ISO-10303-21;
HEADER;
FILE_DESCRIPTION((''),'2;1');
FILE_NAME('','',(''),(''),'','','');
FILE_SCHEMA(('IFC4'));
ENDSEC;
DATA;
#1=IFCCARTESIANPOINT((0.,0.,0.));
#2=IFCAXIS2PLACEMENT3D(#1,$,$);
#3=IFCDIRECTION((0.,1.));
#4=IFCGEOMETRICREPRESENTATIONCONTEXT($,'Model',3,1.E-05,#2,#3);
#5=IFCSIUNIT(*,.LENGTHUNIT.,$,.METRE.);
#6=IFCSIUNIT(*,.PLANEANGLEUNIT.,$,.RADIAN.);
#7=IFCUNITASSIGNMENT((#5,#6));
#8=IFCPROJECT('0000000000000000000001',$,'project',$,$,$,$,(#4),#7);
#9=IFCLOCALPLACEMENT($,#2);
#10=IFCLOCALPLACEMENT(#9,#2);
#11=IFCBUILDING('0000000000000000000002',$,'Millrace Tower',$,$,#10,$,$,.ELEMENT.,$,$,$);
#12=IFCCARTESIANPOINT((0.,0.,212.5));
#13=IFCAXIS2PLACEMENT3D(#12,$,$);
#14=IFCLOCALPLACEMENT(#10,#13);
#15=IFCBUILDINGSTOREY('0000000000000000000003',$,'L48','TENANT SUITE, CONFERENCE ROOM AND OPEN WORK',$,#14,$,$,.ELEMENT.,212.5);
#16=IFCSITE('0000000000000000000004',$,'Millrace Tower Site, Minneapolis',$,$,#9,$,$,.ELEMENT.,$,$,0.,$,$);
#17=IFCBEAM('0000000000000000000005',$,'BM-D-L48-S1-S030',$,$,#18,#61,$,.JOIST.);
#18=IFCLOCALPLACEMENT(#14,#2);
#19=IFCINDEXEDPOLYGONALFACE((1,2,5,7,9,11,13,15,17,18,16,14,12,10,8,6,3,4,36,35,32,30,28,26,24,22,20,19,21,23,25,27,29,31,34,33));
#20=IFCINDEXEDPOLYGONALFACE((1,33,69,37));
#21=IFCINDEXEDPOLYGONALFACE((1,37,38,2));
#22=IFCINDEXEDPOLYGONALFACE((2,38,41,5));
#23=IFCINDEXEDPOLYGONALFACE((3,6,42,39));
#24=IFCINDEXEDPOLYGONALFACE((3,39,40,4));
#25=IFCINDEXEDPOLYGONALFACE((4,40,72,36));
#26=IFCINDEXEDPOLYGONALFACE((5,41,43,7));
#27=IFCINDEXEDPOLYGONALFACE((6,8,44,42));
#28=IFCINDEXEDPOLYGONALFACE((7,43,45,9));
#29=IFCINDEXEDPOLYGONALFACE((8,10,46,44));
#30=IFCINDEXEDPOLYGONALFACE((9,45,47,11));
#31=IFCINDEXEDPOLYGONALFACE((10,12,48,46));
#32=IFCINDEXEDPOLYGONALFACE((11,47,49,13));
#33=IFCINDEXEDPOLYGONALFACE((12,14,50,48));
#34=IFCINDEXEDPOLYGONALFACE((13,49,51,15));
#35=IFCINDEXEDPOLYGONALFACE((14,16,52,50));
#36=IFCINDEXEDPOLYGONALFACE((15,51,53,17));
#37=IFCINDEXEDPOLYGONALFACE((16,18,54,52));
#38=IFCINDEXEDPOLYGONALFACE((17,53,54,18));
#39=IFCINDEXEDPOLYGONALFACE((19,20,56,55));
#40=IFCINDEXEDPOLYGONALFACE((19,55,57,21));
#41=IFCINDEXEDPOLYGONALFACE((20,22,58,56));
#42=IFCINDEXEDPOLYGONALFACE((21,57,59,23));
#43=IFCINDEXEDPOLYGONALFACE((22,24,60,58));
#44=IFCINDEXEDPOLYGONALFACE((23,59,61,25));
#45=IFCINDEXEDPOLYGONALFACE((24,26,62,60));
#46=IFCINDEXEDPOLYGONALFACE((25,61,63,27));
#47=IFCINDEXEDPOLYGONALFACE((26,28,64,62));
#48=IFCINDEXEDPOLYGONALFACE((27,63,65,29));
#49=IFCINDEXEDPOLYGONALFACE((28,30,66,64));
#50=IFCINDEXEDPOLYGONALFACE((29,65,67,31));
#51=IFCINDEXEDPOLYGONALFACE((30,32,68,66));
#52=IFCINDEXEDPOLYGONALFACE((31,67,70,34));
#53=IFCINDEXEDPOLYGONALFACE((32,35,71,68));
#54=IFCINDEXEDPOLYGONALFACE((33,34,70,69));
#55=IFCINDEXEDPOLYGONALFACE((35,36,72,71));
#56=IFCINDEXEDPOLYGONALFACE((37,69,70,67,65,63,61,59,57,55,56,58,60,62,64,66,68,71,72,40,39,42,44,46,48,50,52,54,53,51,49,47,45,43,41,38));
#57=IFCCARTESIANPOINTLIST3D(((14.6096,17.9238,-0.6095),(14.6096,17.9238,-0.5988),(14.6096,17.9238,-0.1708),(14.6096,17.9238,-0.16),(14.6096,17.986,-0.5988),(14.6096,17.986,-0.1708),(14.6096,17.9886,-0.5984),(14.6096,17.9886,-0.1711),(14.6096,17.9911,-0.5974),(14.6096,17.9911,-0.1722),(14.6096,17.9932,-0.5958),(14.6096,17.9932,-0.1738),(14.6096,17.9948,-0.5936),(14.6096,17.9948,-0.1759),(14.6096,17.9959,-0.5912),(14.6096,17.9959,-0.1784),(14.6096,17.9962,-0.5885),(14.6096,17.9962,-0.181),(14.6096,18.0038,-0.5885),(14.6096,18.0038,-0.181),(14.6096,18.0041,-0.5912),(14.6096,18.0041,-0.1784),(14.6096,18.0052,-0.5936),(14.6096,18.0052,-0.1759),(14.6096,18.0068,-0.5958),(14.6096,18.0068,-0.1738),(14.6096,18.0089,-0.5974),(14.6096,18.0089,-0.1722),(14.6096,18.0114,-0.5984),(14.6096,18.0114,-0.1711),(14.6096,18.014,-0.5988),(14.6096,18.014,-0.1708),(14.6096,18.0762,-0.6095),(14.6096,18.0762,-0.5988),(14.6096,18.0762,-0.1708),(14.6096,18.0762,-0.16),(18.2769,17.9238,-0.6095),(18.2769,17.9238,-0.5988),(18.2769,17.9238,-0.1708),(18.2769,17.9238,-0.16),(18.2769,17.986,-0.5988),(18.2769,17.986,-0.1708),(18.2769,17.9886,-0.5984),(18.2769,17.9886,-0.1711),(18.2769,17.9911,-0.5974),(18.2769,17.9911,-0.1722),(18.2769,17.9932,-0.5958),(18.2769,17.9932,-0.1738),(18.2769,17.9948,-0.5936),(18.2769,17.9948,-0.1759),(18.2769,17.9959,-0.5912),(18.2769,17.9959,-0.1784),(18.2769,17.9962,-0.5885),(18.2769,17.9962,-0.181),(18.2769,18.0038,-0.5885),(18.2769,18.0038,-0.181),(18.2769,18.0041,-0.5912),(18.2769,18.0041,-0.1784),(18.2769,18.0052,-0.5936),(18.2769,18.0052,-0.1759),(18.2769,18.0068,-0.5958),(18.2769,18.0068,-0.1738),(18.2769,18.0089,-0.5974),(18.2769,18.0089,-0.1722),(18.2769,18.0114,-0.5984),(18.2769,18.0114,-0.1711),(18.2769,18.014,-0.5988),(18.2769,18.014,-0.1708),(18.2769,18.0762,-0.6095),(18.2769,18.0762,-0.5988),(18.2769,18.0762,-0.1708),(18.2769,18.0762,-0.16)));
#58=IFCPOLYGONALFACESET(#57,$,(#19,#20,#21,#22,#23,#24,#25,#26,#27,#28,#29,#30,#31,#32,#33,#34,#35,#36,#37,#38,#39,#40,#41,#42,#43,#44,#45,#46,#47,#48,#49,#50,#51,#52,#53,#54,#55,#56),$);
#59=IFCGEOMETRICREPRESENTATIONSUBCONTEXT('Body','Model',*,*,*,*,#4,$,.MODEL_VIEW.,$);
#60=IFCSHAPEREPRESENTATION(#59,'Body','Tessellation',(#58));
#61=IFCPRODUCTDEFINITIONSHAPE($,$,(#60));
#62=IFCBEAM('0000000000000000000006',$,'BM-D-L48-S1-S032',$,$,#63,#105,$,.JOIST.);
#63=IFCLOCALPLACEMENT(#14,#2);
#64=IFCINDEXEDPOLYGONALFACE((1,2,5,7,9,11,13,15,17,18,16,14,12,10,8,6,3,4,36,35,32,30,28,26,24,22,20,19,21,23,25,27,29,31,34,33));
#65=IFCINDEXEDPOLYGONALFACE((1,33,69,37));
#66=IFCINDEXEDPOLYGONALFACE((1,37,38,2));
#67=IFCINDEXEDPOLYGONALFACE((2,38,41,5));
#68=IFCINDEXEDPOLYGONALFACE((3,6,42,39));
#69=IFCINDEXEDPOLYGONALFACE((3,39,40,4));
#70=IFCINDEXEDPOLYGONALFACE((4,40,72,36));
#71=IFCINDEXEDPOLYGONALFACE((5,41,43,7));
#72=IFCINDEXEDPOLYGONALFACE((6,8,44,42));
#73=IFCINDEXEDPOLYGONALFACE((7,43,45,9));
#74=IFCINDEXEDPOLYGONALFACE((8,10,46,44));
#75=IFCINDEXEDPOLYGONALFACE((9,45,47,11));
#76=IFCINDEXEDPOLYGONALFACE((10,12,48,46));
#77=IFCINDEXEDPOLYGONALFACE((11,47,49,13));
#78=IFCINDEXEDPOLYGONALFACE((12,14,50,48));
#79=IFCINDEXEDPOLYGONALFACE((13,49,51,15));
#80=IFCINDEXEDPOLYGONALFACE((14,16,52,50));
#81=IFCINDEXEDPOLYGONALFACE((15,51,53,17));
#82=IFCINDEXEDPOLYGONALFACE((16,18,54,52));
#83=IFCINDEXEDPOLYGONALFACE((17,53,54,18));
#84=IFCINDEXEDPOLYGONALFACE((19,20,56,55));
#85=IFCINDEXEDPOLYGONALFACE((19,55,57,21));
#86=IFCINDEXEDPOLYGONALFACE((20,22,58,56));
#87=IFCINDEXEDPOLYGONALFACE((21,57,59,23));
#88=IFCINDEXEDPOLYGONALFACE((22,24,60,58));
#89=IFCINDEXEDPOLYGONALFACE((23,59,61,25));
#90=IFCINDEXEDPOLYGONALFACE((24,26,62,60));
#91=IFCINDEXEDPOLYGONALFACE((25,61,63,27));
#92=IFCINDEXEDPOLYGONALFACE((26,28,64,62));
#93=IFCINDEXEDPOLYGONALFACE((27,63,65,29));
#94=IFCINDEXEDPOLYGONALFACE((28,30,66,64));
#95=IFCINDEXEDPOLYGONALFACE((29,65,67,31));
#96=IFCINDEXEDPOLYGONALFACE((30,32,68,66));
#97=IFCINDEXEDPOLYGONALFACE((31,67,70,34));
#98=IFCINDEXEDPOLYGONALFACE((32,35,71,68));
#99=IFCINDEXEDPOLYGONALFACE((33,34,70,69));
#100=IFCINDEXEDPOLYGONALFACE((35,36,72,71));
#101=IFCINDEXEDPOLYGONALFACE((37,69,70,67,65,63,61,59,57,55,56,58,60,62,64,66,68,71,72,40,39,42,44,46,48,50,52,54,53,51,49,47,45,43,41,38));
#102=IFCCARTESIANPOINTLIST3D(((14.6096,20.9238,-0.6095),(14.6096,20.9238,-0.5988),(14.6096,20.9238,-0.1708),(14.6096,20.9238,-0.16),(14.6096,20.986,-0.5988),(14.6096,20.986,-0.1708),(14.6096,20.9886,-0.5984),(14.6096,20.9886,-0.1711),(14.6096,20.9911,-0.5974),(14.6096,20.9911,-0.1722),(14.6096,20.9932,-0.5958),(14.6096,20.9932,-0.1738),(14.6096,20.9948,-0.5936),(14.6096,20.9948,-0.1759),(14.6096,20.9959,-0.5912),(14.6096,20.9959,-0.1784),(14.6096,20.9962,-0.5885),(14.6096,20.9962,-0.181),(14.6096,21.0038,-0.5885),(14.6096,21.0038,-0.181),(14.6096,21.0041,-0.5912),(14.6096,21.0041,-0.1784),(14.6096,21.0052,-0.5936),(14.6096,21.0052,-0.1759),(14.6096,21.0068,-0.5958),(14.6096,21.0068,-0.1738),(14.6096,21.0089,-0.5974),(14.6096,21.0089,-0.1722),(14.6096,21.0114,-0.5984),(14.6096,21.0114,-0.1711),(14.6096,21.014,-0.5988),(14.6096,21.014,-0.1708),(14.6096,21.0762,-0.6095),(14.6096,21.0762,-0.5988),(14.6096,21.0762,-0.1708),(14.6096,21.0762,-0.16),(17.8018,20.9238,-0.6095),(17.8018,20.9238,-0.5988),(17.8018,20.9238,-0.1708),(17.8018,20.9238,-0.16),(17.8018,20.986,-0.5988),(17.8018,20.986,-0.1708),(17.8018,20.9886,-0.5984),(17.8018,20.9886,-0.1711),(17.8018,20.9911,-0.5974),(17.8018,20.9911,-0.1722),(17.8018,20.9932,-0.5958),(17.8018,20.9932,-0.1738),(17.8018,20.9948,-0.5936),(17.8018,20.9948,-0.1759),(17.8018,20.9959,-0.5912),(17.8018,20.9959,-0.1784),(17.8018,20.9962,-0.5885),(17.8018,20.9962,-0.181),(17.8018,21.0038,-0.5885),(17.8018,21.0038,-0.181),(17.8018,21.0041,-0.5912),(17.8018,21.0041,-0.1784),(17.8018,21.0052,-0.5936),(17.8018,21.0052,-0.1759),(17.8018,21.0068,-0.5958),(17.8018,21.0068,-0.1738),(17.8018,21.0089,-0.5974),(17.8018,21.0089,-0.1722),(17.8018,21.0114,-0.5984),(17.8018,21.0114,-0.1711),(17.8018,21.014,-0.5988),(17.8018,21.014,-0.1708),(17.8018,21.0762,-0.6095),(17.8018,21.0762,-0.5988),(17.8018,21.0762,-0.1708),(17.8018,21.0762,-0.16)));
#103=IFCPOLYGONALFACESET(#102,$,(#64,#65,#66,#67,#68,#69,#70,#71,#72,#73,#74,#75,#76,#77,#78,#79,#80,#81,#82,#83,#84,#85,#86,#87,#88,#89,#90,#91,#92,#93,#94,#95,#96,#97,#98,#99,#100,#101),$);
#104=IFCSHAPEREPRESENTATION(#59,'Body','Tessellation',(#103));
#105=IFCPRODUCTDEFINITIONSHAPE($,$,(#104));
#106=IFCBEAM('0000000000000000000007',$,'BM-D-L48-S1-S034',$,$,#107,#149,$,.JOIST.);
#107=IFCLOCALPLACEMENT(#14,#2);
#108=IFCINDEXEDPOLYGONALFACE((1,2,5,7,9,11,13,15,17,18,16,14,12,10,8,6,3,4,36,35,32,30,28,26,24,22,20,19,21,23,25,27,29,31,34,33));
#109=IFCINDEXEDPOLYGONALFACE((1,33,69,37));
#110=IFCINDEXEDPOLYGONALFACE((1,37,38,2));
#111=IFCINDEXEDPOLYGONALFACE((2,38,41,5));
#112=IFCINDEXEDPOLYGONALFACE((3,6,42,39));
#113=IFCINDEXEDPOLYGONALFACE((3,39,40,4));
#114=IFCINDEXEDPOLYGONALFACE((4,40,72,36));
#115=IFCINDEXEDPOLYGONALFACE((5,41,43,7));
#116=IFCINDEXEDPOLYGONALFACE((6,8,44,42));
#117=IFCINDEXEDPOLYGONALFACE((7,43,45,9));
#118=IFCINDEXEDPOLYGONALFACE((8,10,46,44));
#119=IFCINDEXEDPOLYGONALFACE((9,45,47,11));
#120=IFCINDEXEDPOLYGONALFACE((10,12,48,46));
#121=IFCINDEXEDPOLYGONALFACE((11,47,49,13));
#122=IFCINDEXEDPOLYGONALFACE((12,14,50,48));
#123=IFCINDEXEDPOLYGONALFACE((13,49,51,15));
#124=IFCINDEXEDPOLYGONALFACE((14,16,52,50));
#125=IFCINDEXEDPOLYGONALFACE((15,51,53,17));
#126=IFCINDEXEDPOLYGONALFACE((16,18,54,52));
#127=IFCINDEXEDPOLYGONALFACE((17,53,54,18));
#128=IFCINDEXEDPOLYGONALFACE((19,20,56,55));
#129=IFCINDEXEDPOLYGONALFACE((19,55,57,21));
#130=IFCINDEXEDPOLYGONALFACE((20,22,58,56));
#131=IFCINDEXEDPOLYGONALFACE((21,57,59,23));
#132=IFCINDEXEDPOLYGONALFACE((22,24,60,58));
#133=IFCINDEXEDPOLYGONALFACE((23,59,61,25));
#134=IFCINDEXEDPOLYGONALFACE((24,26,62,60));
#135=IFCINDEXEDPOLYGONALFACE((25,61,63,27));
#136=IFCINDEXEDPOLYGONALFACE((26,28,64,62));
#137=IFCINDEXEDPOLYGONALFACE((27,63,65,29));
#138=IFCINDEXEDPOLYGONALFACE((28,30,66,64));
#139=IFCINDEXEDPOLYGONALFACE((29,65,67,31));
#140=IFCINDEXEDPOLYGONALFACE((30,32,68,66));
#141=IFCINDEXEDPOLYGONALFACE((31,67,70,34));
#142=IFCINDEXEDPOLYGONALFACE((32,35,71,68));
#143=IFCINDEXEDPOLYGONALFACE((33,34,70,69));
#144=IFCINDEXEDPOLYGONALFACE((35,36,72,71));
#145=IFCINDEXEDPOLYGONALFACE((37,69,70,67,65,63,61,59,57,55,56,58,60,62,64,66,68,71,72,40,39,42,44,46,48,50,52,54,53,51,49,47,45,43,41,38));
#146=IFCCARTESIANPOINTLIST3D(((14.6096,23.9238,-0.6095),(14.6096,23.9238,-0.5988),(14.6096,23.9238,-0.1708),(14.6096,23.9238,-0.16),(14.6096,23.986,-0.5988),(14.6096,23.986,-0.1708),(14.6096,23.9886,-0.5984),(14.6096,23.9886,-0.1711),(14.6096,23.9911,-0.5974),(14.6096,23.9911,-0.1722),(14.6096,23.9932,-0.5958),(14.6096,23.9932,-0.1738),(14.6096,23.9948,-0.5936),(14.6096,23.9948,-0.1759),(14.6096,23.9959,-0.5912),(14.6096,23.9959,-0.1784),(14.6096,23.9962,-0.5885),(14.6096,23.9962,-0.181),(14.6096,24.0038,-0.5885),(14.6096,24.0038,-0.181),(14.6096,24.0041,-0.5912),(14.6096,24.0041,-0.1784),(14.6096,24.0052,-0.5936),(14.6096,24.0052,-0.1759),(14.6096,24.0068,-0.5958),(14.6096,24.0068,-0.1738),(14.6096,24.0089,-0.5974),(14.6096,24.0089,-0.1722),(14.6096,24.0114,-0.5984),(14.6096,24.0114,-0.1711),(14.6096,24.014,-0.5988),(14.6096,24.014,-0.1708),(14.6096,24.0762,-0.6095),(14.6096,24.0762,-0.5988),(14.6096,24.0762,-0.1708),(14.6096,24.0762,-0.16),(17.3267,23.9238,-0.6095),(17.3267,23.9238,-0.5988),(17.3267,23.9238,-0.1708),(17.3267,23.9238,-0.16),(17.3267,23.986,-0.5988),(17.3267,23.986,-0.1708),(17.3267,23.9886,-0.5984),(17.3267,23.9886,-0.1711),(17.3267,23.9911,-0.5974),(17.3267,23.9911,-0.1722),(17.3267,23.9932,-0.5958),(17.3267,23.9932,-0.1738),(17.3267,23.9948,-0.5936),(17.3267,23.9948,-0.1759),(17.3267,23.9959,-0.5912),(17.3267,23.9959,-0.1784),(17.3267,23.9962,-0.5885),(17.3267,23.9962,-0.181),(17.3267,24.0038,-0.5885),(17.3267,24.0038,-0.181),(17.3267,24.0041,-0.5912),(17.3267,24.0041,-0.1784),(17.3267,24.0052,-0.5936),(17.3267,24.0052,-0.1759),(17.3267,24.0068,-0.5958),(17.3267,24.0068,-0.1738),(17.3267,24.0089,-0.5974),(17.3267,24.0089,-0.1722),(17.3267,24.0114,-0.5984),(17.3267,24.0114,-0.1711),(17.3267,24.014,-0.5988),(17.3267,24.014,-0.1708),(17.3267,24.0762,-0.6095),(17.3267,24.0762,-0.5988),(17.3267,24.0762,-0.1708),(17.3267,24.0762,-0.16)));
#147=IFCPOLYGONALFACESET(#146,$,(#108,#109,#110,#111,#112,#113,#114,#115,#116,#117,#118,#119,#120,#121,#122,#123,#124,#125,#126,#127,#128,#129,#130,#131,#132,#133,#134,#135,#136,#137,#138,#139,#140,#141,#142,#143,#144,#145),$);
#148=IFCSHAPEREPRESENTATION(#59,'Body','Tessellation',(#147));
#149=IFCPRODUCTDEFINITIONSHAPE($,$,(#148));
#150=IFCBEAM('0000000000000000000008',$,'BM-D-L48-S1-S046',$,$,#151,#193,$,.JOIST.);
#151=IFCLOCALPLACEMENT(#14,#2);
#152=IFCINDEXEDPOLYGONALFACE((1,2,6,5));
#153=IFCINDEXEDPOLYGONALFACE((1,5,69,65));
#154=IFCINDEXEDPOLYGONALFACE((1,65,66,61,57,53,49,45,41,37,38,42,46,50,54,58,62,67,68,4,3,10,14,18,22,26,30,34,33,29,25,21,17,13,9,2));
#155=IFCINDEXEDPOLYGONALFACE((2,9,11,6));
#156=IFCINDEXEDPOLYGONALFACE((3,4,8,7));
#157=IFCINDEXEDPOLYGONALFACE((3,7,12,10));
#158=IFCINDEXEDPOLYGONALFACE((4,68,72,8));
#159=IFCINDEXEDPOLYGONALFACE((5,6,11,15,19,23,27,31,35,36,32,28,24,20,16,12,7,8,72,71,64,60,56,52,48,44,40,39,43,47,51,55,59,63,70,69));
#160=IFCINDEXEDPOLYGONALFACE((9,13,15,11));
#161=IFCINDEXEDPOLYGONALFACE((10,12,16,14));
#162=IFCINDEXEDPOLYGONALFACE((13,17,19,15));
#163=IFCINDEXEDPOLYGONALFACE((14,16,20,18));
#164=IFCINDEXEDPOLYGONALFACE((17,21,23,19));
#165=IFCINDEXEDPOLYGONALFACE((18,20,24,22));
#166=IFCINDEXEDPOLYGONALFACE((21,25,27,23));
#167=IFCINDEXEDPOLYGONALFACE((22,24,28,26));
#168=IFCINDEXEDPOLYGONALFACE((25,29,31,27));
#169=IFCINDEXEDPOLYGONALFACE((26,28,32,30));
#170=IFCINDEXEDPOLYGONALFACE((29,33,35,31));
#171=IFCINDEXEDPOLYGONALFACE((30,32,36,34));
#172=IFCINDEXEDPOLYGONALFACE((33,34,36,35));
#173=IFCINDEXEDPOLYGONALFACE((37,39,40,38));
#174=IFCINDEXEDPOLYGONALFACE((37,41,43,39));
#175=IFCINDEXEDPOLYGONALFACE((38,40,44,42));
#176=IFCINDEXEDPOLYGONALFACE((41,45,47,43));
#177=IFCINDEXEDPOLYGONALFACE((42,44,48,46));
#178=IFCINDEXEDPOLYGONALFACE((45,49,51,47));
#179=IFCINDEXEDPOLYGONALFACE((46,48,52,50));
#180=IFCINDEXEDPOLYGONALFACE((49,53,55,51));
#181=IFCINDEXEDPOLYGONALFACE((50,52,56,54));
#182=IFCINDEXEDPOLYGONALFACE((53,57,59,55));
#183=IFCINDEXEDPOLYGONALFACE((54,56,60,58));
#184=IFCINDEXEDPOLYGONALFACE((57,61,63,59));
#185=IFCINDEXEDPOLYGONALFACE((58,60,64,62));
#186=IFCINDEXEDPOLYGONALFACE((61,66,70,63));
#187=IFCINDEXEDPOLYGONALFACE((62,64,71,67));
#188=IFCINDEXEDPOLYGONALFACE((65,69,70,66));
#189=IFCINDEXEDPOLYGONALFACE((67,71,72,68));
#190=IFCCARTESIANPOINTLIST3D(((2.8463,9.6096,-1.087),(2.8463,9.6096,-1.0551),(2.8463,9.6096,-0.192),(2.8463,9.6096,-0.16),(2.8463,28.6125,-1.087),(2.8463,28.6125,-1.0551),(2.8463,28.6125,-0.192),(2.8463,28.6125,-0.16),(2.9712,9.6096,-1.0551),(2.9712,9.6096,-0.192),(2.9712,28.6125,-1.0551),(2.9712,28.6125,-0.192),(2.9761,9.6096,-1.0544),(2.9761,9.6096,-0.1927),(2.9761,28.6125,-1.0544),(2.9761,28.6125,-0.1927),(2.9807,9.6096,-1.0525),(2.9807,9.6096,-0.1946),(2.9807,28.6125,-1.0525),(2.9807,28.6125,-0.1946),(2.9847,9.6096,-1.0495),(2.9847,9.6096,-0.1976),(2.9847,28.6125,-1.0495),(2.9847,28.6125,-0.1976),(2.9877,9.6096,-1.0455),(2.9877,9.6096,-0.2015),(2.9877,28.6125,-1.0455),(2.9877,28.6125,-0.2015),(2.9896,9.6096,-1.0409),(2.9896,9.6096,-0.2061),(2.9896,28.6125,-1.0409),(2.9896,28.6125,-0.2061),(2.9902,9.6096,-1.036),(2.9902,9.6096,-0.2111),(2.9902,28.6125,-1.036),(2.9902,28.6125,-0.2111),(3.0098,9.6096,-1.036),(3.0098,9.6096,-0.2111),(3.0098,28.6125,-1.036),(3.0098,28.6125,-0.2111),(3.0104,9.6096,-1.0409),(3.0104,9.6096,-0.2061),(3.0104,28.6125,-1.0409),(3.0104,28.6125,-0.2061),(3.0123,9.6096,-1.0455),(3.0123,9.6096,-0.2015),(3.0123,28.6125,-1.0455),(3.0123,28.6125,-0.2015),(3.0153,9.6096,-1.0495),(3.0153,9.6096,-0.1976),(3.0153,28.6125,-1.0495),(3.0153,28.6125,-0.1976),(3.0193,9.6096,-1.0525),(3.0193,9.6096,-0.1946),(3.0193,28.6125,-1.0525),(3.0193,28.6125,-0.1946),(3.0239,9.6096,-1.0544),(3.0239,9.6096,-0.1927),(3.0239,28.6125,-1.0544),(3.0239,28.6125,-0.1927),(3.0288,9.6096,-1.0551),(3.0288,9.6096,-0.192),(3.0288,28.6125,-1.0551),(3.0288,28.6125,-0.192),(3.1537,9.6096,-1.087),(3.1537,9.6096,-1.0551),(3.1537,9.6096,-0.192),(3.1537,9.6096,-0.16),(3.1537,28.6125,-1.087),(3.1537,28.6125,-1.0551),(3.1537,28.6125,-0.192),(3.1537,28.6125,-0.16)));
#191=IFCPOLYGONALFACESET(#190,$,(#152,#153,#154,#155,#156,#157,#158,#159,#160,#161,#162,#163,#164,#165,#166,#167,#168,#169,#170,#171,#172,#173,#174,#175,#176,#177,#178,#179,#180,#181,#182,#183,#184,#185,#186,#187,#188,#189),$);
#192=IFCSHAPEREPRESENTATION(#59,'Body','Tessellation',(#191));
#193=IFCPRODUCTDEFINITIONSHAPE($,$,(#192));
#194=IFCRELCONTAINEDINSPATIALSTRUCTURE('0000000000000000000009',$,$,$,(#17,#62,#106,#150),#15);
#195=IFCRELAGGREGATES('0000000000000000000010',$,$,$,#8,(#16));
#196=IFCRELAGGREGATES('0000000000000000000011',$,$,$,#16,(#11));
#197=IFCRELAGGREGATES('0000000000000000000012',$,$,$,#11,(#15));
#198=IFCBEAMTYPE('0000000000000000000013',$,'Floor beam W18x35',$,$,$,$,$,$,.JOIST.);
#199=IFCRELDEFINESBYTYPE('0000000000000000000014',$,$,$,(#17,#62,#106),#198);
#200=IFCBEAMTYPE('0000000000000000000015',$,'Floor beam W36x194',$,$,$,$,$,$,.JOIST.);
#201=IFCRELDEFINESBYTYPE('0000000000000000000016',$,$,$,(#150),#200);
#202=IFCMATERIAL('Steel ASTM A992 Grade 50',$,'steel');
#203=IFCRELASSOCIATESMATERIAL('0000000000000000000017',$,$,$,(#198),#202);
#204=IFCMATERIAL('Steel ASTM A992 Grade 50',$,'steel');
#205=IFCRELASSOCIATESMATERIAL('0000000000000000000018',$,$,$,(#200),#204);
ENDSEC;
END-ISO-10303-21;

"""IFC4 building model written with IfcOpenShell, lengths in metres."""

from ifc_helpers import new_model, si_unit, direction, frame, origin, origin_2d, place, context, subcontext, project, spatial, i_section, extrude, material, material_profile, profile_set, type_object, element, save


model = new_model("IFC4")

# Units and contexts
model_context = context("Model", 3, precision=1e-05, world=origin(), true_north=direction((0.0, 1.0)))
body_context = subcontext(model_context, "Body", "Model", "MODEL_VIEW")
ifc_project = project(units=[si_unit("LENGTHUNIT", "METRE"), si_unit("PLANEANGLEUNIT", "RADIAN")], contexts=[model_context])

# Site, building, storey
site_placement = place(None, origin())
site = spatial("IfcSite", under=ifc_project, at=site_placement, Name="Millrace Tower Site, Minneapolis", CompositionType="ELEMENT", RefElevation=0.0)
building_placement = place(site_placement, origin())
building = spatial("IfcBuilding", under=site, at=building_placement, Name="Millrace Tower", CompositionType="ELEMENT")
storey_placement = place(building_placement, frame((0.0, 0.0, 212.5)))
storey = spatial("IfcBuildingStorey", under=building, at=storey_placement, Name="L48", Description="TENANT SUITE, CONFERENCE ROOM AND OPEN WORK", CompositionType="ELEMENT", Elevation=212.5)

# Beams
ifc_material_1 = material(Name="Steel ASTM A992 Grade 50", Category="steel")
ifc_material_profile_1 = material_profile(ifc_material_1, i_section(OverallWidth=0.1523, OverallDepth=0.4495, WebThickness=0.0076, FlangeThickness=0.0107, FilletRadius=0.0103, at=origin_2d()))
ifc_profile_set_1 = profile_set([ifc_material_profile_1], Name="Steel ASTM A992 Grade 50")
beam_type_1 = type_object("IfcBeamType", Name="Floor beam W18x35", PredefinedType="JOIST", material=ifc_profile_set_1)
beam_1_placement = place(storey_placement, frame((14.6096, 18.0, -0.3848), z_axis=(1.0, 0.0, 0.0), x_axis=(0.0, 1.0, 0.0)))
element("IfcBeam", 1, at=beam_1_placement, inside=storey, type_object=beam_type_1, Name="BM-D-L48-S1-S030", PredefinedType="JOIST", context=body_context, shape_type="SweptSolid", body=[
    extrude(i_section(OverallWidth=0.1523, OverallDepth=0.4495, WebThickness=0.0076, FlangeThickness=0.0107, FilletRadius=0.0103, at=origin_2d()), origin(), (0.0, 0.0, 1.0), 3.6672),
])
beam_2_placement = place(storey_placement, frame((14.6096, 21.0, -0.3848), z_axis=(1.0, 0.0, 0.0), x_axis=(0.0, 1.0, 0.0)))
element("IfcBeam", 2, at=beam_2_placement, inside=storey, type_object=beam_type_1, Name="BM-D-L48-S1-S032", PredefinedType="JOIST", context=body_context, shape_type="SweptSolid", body=[
    extrude(i_section(OverallWidth=0.1523, OverallDepth=0.4495, WebThickness=0.0076, FlangeThickness=0.0107, FilletRadius=0.0103, at=origin_2d()), origin(), (0.0, 0.0, 1.0), 3.1921),
])
beam_3_placement = place(storey_placement, frame((14.6096, 24.0, -0.3848), z_axis=(1.0, 0.0, 0.0), x_axis=(0.0, 1.0, 0.0)))
element("IfcBeam", 3, at=beam_3_placement, inside=storey, type_object=beam_type_1, Name="BM-D-L48-S1-S034", PredefinedType="JOIST", context=body_context, shape_type="SweptSolid", body=[
    extrude(i_section(OverallWidth=0.1523, OverallDepth=0.4495, WebThickness=0.0076, FlangeThickness=0.0107, FilletRadius=0.0103, at=origin_2d()), origin(), (0.0, 0.0, 1.0), 2.717),
])
ifc_material_2 = material(Name="Steel ASTM A992 Grade 50", Category="steel")
ifc_material_profile_2 = material_profile(ifc_material_2, i_section(OverallWidth=0.3074, OverallDepth=0.927, WebThickness=0.0195, FlangeThickness=0.032, FilletRadius=0.019, at=origin_2d()))
ifc_profile_set_2 = profile_set([ifc_material_profile_2], Name="Steel ASTM A992 Grade 50")
beam_type_2 = type_object("IfcBeamType", Name="Floor beam W36x194", PredefinedType="JOIST", material=ifc_profile_set_2)
beam_4_placement = place(storey_placement, frame((3.0, 9.6096, -0.6235), z_axis=(0.0, 1.0, 0.0), x_axis=(-1.0, 0.0, 0.0)))
element("IfcBeam", 4, at=beam_4_placement, inside=storey, type_object=beam_type_2, Name="BM-D-L48-S1-S046", PredefinedType="JOIST", context=body_context, shape_type="SweptSolid", body=[
    extrude(i_section(OverallWidth=0.3074, OverallDepth=0.927, WebThickness=0.0195, FlangeThickness=0.032, FilletRadius=0.019, at=origin_2d()), origin(), (0.0, 0.0, 1.0), 19.0029),
])

save(model, "model.ifc")
